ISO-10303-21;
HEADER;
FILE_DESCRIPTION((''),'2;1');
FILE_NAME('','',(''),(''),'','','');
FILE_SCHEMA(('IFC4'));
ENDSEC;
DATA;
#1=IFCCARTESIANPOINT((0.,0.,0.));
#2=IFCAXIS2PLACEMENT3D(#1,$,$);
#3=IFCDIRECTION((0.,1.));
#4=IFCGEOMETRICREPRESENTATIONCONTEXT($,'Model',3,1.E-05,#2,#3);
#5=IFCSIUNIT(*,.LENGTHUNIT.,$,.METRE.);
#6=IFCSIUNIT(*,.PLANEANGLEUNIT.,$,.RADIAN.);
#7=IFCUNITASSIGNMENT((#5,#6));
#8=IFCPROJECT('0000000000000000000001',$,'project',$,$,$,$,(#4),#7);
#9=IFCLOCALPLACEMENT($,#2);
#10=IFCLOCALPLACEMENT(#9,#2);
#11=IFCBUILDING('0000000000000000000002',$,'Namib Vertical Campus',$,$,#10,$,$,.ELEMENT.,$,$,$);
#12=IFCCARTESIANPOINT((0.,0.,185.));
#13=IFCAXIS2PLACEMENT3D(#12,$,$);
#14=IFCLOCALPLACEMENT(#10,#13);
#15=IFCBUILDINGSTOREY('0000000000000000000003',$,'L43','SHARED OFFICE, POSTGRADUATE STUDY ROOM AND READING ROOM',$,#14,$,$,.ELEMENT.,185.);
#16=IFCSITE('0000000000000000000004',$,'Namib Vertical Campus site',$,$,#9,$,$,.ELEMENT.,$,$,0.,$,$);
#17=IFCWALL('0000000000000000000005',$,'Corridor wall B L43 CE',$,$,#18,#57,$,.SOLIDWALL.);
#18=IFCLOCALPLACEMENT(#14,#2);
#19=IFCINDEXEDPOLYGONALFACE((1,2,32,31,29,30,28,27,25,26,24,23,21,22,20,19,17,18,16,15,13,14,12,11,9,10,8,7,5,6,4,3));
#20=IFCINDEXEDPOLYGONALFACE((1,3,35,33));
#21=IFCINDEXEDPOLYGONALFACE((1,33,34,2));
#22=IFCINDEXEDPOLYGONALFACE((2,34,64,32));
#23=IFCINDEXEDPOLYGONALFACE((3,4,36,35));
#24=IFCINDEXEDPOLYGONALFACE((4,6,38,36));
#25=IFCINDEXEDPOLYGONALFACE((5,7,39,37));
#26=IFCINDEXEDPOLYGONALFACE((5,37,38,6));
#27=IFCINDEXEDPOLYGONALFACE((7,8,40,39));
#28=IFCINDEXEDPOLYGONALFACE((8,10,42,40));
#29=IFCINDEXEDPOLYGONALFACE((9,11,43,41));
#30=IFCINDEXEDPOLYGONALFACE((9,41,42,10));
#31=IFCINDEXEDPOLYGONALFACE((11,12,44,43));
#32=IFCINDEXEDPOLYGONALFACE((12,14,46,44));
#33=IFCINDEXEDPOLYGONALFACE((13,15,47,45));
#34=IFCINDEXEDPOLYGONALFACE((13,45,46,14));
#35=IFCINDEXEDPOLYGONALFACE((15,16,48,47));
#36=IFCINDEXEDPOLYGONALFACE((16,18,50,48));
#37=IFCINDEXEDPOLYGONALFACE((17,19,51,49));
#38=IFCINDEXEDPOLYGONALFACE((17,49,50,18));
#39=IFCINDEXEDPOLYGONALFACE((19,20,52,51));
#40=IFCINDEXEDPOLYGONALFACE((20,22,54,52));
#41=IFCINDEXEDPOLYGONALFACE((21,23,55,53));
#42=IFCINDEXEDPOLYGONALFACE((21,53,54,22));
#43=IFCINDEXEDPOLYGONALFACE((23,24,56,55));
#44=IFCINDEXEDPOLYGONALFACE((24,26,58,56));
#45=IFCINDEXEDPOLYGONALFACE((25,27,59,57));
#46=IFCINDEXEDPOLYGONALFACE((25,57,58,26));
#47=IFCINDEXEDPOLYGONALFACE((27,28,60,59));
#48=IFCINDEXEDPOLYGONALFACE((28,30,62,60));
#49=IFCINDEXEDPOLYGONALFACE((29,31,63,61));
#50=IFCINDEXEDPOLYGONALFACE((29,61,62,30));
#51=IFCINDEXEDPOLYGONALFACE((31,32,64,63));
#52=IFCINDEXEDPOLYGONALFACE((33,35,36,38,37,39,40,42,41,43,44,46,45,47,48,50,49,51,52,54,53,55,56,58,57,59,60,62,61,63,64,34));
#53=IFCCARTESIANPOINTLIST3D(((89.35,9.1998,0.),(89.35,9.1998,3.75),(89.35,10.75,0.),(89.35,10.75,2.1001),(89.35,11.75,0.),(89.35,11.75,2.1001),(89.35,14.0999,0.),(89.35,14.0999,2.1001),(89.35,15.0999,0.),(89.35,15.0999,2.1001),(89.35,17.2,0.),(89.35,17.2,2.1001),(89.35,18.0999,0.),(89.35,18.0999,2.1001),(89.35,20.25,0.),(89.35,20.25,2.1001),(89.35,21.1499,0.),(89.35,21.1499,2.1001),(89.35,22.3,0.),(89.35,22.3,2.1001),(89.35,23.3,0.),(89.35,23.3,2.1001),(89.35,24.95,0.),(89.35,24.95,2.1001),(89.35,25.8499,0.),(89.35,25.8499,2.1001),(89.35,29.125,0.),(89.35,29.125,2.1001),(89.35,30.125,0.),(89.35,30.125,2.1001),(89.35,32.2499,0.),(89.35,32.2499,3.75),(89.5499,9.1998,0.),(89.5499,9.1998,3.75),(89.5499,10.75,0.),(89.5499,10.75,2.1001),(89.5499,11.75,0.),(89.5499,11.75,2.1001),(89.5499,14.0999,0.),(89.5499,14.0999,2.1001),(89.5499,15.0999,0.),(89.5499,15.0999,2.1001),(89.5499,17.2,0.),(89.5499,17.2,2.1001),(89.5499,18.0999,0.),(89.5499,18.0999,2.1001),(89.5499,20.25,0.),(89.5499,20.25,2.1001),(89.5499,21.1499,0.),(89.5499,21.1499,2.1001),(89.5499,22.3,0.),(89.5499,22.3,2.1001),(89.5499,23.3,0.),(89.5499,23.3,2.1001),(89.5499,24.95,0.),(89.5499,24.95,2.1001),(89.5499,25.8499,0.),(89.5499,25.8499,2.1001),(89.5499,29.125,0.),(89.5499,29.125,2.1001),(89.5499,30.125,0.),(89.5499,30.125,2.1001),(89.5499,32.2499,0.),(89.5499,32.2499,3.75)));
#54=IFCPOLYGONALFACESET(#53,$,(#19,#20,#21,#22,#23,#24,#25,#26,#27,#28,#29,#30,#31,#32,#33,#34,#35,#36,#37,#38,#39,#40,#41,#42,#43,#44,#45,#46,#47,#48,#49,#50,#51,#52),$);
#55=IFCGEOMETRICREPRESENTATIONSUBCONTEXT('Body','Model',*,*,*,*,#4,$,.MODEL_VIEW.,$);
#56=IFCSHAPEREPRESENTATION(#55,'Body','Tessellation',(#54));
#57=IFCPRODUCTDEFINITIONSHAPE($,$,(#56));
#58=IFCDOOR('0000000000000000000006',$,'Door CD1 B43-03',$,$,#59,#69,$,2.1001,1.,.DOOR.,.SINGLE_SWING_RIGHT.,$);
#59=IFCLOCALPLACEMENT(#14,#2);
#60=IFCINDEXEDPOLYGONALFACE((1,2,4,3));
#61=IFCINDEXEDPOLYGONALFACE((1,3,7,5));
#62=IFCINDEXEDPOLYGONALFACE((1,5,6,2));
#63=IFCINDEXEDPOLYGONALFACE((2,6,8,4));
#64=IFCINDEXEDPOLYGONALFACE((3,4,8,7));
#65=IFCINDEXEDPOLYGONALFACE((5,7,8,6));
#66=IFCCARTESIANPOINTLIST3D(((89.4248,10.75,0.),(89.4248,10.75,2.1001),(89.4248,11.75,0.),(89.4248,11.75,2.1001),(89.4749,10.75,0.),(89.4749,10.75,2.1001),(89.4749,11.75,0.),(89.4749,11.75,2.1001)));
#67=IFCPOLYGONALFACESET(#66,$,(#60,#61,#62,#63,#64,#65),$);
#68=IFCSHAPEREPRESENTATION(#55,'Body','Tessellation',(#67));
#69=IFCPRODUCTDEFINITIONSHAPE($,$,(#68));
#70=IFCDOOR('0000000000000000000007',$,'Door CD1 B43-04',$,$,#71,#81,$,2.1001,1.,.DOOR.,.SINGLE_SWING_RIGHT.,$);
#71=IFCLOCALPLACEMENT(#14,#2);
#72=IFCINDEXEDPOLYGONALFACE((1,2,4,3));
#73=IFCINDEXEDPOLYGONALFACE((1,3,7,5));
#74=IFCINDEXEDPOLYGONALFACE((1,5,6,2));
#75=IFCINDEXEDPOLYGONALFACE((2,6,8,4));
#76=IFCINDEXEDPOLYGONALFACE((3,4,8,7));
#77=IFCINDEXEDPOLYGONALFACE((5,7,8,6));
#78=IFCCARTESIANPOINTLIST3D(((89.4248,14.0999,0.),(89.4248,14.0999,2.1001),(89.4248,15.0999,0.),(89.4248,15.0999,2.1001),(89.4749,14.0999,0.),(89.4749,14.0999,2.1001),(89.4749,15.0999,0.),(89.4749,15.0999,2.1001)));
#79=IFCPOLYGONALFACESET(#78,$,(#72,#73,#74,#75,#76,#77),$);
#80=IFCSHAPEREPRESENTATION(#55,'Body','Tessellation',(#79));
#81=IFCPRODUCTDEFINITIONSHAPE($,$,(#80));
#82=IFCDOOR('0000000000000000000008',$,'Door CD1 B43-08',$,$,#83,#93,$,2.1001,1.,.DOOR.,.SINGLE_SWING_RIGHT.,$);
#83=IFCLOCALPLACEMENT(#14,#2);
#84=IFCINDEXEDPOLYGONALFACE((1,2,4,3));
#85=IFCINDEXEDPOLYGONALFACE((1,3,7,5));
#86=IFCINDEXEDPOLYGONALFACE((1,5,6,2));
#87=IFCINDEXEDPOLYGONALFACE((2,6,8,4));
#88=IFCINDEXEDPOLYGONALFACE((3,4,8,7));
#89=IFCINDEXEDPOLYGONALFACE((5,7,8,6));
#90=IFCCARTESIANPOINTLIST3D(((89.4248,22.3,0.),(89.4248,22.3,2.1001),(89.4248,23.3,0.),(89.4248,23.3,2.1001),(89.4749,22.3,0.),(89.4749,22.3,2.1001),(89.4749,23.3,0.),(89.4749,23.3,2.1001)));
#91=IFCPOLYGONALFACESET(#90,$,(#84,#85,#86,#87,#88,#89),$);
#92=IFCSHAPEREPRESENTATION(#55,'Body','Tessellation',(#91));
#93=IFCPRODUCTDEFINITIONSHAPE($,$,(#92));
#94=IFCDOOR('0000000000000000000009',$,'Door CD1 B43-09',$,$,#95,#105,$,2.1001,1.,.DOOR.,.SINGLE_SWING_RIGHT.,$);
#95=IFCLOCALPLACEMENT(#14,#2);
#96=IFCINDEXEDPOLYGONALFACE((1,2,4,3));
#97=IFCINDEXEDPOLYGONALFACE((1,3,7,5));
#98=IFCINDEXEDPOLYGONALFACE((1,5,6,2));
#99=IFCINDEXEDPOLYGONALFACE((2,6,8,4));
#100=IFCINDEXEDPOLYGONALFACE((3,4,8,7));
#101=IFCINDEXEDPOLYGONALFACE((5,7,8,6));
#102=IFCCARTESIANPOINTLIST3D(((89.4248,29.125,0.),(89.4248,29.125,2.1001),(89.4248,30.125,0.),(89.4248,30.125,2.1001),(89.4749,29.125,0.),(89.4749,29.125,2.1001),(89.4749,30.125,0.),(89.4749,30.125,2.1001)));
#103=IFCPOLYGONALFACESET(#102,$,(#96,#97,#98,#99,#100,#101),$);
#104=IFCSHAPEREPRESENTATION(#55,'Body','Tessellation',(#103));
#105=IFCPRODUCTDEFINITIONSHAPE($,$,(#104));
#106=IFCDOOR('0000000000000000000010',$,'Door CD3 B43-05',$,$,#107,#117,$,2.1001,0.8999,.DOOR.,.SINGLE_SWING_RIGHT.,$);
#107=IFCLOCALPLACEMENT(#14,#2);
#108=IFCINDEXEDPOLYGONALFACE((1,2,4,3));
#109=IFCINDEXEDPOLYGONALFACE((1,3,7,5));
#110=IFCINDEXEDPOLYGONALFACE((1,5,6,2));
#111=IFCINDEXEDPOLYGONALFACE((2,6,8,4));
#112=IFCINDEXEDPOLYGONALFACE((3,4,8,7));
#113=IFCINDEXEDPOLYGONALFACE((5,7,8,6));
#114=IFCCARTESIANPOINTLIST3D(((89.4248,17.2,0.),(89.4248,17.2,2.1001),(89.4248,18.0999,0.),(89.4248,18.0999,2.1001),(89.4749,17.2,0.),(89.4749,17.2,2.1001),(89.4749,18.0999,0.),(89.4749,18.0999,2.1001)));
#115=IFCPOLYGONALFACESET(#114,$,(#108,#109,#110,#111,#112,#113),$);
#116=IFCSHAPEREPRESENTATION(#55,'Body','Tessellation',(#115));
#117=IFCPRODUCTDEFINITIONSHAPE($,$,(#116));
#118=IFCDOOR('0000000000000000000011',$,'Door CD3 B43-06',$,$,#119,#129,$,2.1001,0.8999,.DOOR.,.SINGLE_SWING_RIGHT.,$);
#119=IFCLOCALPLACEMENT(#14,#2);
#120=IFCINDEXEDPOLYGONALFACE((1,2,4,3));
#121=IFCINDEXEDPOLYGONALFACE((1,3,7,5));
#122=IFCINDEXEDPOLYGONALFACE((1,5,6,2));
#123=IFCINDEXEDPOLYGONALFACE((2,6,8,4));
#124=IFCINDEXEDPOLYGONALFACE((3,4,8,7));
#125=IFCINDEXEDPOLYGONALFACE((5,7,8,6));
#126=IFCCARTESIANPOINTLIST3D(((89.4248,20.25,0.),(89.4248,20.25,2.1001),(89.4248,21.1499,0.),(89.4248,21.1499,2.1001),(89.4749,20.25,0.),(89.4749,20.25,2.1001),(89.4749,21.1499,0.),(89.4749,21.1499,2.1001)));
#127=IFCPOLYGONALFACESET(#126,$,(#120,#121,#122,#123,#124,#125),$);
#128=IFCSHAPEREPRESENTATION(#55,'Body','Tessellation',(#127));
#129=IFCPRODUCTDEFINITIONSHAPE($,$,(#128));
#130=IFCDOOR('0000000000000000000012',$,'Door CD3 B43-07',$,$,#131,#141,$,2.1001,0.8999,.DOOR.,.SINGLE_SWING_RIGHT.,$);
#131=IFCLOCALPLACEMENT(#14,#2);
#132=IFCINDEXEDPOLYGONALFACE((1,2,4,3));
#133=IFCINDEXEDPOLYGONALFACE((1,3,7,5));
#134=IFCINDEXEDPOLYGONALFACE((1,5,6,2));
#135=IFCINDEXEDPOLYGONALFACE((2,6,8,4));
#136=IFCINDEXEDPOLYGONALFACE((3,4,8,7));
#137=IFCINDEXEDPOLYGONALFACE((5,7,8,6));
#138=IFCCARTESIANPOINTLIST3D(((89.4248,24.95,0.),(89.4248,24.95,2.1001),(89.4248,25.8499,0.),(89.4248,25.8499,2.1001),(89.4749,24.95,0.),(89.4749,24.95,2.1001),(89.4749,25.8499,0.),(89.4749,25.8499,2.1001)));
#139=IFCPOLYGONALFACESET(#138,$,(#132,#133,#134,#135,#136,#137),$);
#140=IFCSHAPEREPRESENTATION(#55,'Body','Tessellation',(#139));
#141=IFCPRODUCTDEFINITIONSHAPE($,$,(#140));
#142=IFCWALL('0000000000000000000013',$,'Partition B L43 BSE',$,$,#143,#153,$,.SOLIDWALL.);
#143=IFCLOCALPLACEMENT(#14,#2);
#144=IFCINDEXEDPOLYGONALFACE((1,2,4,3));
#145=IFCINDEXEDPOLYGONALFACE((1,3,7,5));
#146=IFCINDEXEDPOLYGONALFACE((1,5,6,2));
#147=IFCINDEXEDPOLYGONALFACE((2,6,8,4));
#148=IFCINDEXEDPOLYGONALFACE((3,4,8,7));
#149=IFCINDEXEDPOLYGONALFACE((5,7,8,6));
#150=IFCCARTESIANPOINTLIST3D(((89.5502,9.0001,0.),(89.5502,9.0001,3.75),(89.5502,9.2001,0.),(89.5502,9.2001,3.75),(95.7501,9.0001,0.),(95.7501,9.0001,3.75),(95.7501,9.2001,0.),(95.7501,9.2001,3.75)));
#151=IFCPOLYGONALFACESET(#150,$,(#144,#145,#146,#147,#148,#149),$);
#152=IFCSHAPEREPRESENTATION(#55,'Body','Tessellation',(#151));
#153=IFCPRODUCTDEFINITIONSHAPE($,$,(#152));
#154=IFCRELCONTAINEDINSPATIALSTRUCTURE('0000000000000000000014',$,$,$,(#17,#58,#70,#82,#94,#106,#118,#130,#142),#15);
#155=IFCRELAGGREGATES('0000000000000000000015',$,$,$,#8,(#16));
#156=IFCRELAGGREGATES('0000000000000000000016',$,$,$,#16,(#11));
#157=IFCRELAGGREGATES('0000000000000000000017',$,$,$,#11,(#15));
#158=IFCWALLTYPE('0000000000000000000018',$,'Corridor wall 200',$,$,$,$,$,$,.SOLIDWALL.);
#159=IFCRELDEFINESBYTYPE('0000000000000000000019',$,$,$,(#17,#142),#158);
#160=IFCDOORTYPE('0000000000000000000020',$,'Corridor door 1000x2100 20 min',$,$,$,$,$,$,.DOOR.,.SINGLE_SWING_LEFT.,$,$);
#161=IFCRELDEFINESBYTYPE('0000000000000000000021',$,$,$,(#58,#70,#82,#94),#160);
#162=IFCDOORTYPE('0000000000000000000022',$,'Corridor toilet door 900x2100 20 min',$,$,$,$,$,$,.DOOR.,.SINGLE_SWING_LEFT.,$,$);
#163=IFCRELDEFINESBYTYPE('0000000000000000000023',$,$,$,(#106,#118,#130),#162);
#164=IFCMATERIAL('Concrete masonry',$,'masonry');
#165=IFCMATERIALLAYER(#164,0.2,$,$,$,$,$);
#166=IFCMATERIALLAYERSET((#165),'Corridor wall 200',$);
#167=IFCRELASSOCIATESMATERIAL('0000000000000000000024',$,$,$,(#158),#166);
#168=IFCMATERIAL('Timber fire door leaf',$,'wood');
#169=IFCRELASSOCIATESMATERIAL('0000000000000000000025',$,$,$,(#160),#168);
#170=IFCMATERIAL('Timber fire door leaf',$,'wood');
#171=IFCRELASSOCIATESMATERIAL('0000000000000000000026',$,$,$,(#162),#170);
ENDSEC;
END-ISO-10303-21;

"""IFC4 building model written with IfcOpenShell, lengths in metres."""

from ifc_helpers import new_model, si_unit, direction, frame, frame_2d, origin, place, context, subcontext, project, spatial, rectangle, extrude, material, layer, layer_set, type_object, element, fill, save


model = new_model("IFC4")

# Units and contexts
model_context = context("Model", 3, precision=1e-05, world=origin(), true_north=direction((0.0, 1.0)))
body_context = subcontext(model_context, "Body", "Model", "MODEL_VIEW")
ifc_project = project(units=[si_unit("LENGTHUNIT", "METRE"), si_unit("PLANEANGLEUNIT", "RADIAN")], contexts=[model_context])

# Site, building, storey
site_placement = place(None, origin())
site = spatial("IfcSite", under=ifc_project, at=site_placement, Name="Namib Vertical Campus site", CompositionType="ELEMENT", RefElevation=0.0)
building_placement = place(site_placement, origin())
building = spatial("IfcBuilding", under=site, at=building_placement, Name="Namib Vertical Campus", CompositionType="ELEMENT")
storey_placement = place(building_placement, frame((0.0, 0.0, 185.0)))
storey = spatial("IfcBuildingStorey", under=building, at=storey_placement, Name="L43", Description="SHARED OFFICE, POSTGRADUATE STUDY ROOM AND READING ROOM", CompositionType="ELEMENT", Elevation=185.0)

# Wall, openings, doors
ifc_material_1 = material(Name="Concrete masonry", Category="masonry")
ifc_layer_1 = layer(ifc_material_1, 0.2)
ifc_layer_set_1 = layer_set([ifc_layer_1], Name="Corridor wall 200")
wall_type_1 = type_object("IfcWallType", Name="Corridor wall 200", PredefinedType="SOLIDWALL", material=ifc_layer_set_1)
wall_1_placement = place(storey_placement, frame((89.45, 9.2, 0.0), z_axis=(0.0, 0.0, 1.0), x_axis=(0.0, 1.0, 0.0)))
wall_1 = element("IfcWall", 1, at=wall_1_placement, inside=storey, type_object=wall_type_1, Name="Corridor wall B L43 CE", PredefinedType="SOLIDWALL", context=body_context, shape_type="SweptSolid", body=[
    extrude(rectangle(XDim=23.05, YDim=0.2, at=frame_2d((11.5249, 0.0))), origin(), (0.0, 0.0, 1.0), 3.75),
])
opening_1_placement = place(wall_1_placement, frame((1.55, 0.0, 0.0)))
opening_1 = element("IfcOpeningElement", 2, at=opening_1_placement, cuts=wall_1, PredefinedType="OPENING", context=body_context, shape_type="SweptSolid", body=[
    extrude(rectangle(XDim=1.0, YDim=2.1001, at=frame_2d((0.5, 1.05))), frame((0.0, 0.1099, 0.0), z_axis=(0.0, -1.0, 0.0), x_axis=(1.0, 0.0, 0.0)), (0.0, 0.0, 1.0), 0.22),
])
opening_2_placement = place(wall_1_placement, frame((4.8999, 0.0, 0.0)))
opening_2 = element("IfcOpeningElement", 3, at=opening_2_placement, cuts=wall_1, PredefinedType="OPENING", context=body_context, shape_type="SweptSolid", body=[
    extrude(rectangle(XDim=1.0, YDim=2.1001, at=frame_2d((0.5, 1.05))), frame((0.0, 0.1099, 0.0), z_axis=(0.0, -1.0, 0.0), x_axis=(1.0, 0.0, 0.0)), (0.0, 0.0, 1.0), 0.22),
])
opening_3_placement = place(wall_1_placement, frame((8.0, 0.0, 0.0)))
opening_3 = element("IfcOpeningElement", 4, at=opening_3_placement, cuts=wall_1, PredefinedType="OPENING", context=body_context, shape_type="SweptSolid", body=[
    extrude(rectangle(XDim=0.8999, YDim=2.1001, at=frame_2d((0.45, 1.05))), frame((0.0, 0.1099, 0.0), z_axis=(0.0, -1.0, 0.0), x_axis=(1.0, 0.0, 0.0)), (0.0, 0.0, 1.0), 0.22),
])
opening_4_placement = place(wall_1_placement, frame((11.05, 0.0, 0.0)))
opening_4 = element("IfcOpeningElement", 5, at=opening_4_placement, cuts=wall_1, PredefinedType="OPENING", context=body_context, shape_type="SweptSolid", body=[
    extrude(rectangle(XDim=0.8999, YDim=2.1001, at=frame_2d((0.45, 1.05))), frame((0.0, 0.1099, 0.0), z_axis=(0.0, -1.0, 0.0), x_axis=(1.0, 0.0, 0.0)), (0.0, 0.0, 1.0), 0.22),
])
opening_5_placement = place(wall_1_placement, frame((15.75, 0.0, 0.0)))
opening_5 = element("IfcOpeningElement", 6, at=opening_5_placement, cuts=wall_1, PredefinedType="OPENING", context=body_context, shape_type="SweptSolid", body=[
    extrude(rectangle(XDim=0.8999, YDim=2.1001, at=frame_2d((0.45, 1.05))), frame((0.0, 0.1099, 0.0), z_axis=(0.0, -1.0, 0.0), x_axis=(1.0, 0.0, 0.0)), (0.0, 0.0, 1.0), 0.22),
])
opening_6_placement = place(wall_1_placement, frame((13.1001, 0.0, 0.0)))
opening_6 = element("IfcOpeningElement", 7, at=opening_6_placement, cuts=wall_1, PredefinedType="OPENING", context=body_context, shape_type="SweptSolid", body=[
    extrude(rectangle(XDim=1.0, YDim=2.1001, at=frame_2d((0.5, 1.05))), frame((0.0, 0.1099, 0.0), z_axis=(0.0, -1.0, 0.0), x_axis=(1.0, 0.0, 0.0)), (0.0, 0.0, 1.0), 0.22),
])
opening_7_placement = place(wall_1_placement, frame((19.925, 0.0, 0.0)))
opening_7 = element("IfcOpeningElement", 8, at=opening_7_placement, cuts=wall_1, PredefinedType="OPENING", context=body_context, shape_type="SweptSolid", body=[
    extrude(rectangle(XDim=1.0, YDim=2.1001, at=frame_2d((0.5, 1.05))), frame((0.0, 0.1099, 0.0), z_axis=(0.0, -1.0, 0.0), x_axis=(1.0, 0.0, 0.0)), (0.0, 0.0, 1.0), 0.22),
])
ifc_material_2 = material(Name="Timber fire door leaf", Category="wood")
door_type_1 = type_object("IfcDoorType", Name="Corridor door 1000x2100 20 min", OperationType="SINGLE_SWING_LEFT", PredefinedType="DOOR", material=ifc_material_2)
door_1_placement = place(opening_1_placement, frame((1.0, 0.0, 0.0), z_axis=(0.0, 0.0, 1.0), x_axis=(-1.0, 0.0, 0.0)))
door_1 = element("IfcDoor", 9, at=door_1_placement, inside=storey, type_object=door_type_1, Name="Door CD1 B43-03", OperationType="SINGLE_SWING_RIGHT", OverallHeight=2.1001, OverallWidth=1.0, PredefinedType="DOOR", context=body_context, shape_type="SweptSolid", body=[
    extrude(rectangle(XDim=1.0, YDim=2.1001, at=frame_2d((0.5, 1.05))), frame((0.0, 0.0249, 0.0), z_axis=(0.0, -1.0, 0.0), x_axis=(1.0, 0.0, 0.0)), (0.0, 0.0, 1.0), 0.05),
])
fill(opening_1, door_1)
door_2_placement = place(opening_2_placement, frame((1.0, 0.0, 0.0), z_axis=(0.0, 0.0, 1.0), x_axis=(-1.0, 0.0, 0.0)))
door_2 = element("IfcDoor", 10, at=door_2_placement, inside=storey, type_object=door_type_1, Name="Door CD1 B43-04", OperationType="SINGLE_SWING_RIGHT", OverallHeight=2.1001, OverallWidth=1.0, PredefinedType="DOOR", context=body_context, shape_type="SweptSolid", body=[
    extrude(rectangle(XDim=1.0, YDim=2.1001, at=frame_2d((0.5, 1.05))), frame((0.0, 0.0249, 0.0), z_axis=(0.0, -1.0, 0.0), x_axis=(1.0, 0.0, 0.0)), (0.0, 0.0, 1.0), 0.05),
])
fill(opening_2, door_2)
door_3_placement = place(opening_6_placement, frame((1.0, 0.0, 0.0), z_axis=(0.0, 0.0, 1.0), x_axis=(-1.0, 0.0, 0.0)))
door_3 = element("IfcDoor", 11, at=door_3_placement, inside=storey, type_object=door_type_1, Name="Door CD1 B43-08", OperationType="SINGLE_SWING_RIGHT", OverallHeight=2.1001, OverallWidth=1.0, PredefinedType="DOOR", context=body_context, shape_type="SweptSolid", body=[
    extrude(rectangle(XDim=1.0, YDim=2.1001, at=frame_2d((0.5, 1.05))), frame((0.0, 0.0249, 0.0), z_axis=(0.0, -1.0, 0.0), x_axis=(1.0, 0.0, 0.0)), (0.0, 0.0, 1.0), 0.05),
])
fill(opening_6, door_3)
door_4_placement = place(opening_7_placement, frame((1.0, 0.0, 0.0), z_axis=(0.0, 0.0, 1.0), x_axis=(-1.0, 0.0, 0.0)))
door_4 = element("IfcDoor", 12, at=door_4_placement, inside=storey, type_object=door_type_1, Name="Door CD1 B43-09", OperationType="SINGLE_SWING_RIGHT", OverallHeight=2.1001, OverallWidth=1.0, PredefinedType="DOOR", context=body_context, shape_type="SweptSolid", body=[
    extrude(rectangle(XDim=1.0, YDim=2.1001, at=frame_2d((0.5, 1.05))), frame((0.0, 0.0249, 0.0), z_axis=(0.0, -1.0, 0.0), x_axis=(1.0, 0.0, 0.0)), (0.0, 0.0, 1.0), 0.05),
])
fill(opening_7, door_4)
ifc_material_3 = material(Name="Timber fire door leaf", Category="wood")
door_type_2 = type_object("IfcDoorType", Name="Corridor toilet door 900x2100 20 min", OperationType="SINGLE_SWING_LEFT", PredefinedType="DOOR", material=ifc_material_3)
door_5_placement = place(opening_3_placement, frame((0.8999, 0.0, 0.0), z_axis=(0.0, 0.0, 1.0), x_axis=(-1.0, 0.0, 0.0)))
door_5 = element("IfcDoor", 13, at=door_5_placement, inside=storey, type_object=door_type_2, Name="Door CD3 B43-05", OperationType="SINGLE_SWING_RIGHT", OverallHeight=2.1001, OverallWidth=0.8999, PredefinedType="DOOR", context=body_context, shape_type="SweptSolid", body=[
    extrude(rectangle(XDim=0.8999, YDim=2.1001, at=frame_2d((0.45, 1.05))), frame((0.0, 0.0249, 0.0), z_axis=(0.0, -1.0, 0.0), x_axis=(1.0, 0.0, 0.0)), (0.0, 0.0, 1.0), 0.05),
])
fill(opening_3, door_5)
door_6_placement = place(opening_4_placement, frame((0.8999, 0.0, 0.0), z_axis=(0.0, 0.0, 1.0), x_axis=(-1.0, 0.0, 0.0)))
door_6 = element("IfcDoor", 14, at=door_6_placement, inside=storey, type_object=door_type_2, Name="Door CD3 B43-06", OperationType="SINGLE_SWING_RIGHT", OverallHeight=2.1001, OverallWidth=0.8999, PredefinedType="DOOR", context=body_context, shape_type="SweptSolid", body=[
    extrude(rectangle(XDim=0.8999, YDim=2.1001, at=frame_2d((0.45, 1.05))), frame((0.0, 0.0249, 0.0), z_axis=(0.0, -1.0, 0.0), x_axis=(1.0, 0.0, 0.0)), (0.0, 0.0, 1.0), 0.05),
])
fill(opening_4, door_6)
door_7_placement = place(opening_5_placement, frame((0.8999, 0.0, 0.0), z_axis=(0.0, 0.0, 1.0), x_axis=(-1.0, 0.0, 0.0)))
door_7 = element("IfcDoor", 15, at=door_7_placement, inside=storey, type_object=door_type_2, Name="Door CD3 B43-07", OperationType="SINGLE_SWING_RIGHT", OverallHeight=2.1001, OverallWidth=0.8999, PredefinedType="DOOR", context=body_context, shape_type="SweptSolid", body=[
    extrude(rectangle(XDim=0.8999, YDim=2.1001, at=frame_2d((0.45, 1.05))), frame((0.0, 0.0249, 0.0), z_axis=(0.0, -1.0, 0.0), x_axis=(1.0, 0.0, 0.0)), (0.0, 0.0, 1.0), 0.05),
])
fill(opening_5, door_7)

# Wall
wall_2_placement = place(storey_placement, frame((89.55, 9.1001, 0.0), z_axis=(0.0, 0.0, 1.0), x_axis=(1.0, 0.0, 0.0)))
element("IfcWall", 16, at=wall_2_placement, inside=storey, type_object=wall_type_1, Name="Partition B L43 BSE", PredefinedType="SOLIDWALL", context=body_context, shape_type="SweptSolid", body=[
    extrude(rectangle(XDim=6.2, YDim=0.2, at=frame_2d((3.1001, 0.0))), origin(), (0.0, 0.0, 1.0), 3.75),
])

save(model, "model.ifc")
